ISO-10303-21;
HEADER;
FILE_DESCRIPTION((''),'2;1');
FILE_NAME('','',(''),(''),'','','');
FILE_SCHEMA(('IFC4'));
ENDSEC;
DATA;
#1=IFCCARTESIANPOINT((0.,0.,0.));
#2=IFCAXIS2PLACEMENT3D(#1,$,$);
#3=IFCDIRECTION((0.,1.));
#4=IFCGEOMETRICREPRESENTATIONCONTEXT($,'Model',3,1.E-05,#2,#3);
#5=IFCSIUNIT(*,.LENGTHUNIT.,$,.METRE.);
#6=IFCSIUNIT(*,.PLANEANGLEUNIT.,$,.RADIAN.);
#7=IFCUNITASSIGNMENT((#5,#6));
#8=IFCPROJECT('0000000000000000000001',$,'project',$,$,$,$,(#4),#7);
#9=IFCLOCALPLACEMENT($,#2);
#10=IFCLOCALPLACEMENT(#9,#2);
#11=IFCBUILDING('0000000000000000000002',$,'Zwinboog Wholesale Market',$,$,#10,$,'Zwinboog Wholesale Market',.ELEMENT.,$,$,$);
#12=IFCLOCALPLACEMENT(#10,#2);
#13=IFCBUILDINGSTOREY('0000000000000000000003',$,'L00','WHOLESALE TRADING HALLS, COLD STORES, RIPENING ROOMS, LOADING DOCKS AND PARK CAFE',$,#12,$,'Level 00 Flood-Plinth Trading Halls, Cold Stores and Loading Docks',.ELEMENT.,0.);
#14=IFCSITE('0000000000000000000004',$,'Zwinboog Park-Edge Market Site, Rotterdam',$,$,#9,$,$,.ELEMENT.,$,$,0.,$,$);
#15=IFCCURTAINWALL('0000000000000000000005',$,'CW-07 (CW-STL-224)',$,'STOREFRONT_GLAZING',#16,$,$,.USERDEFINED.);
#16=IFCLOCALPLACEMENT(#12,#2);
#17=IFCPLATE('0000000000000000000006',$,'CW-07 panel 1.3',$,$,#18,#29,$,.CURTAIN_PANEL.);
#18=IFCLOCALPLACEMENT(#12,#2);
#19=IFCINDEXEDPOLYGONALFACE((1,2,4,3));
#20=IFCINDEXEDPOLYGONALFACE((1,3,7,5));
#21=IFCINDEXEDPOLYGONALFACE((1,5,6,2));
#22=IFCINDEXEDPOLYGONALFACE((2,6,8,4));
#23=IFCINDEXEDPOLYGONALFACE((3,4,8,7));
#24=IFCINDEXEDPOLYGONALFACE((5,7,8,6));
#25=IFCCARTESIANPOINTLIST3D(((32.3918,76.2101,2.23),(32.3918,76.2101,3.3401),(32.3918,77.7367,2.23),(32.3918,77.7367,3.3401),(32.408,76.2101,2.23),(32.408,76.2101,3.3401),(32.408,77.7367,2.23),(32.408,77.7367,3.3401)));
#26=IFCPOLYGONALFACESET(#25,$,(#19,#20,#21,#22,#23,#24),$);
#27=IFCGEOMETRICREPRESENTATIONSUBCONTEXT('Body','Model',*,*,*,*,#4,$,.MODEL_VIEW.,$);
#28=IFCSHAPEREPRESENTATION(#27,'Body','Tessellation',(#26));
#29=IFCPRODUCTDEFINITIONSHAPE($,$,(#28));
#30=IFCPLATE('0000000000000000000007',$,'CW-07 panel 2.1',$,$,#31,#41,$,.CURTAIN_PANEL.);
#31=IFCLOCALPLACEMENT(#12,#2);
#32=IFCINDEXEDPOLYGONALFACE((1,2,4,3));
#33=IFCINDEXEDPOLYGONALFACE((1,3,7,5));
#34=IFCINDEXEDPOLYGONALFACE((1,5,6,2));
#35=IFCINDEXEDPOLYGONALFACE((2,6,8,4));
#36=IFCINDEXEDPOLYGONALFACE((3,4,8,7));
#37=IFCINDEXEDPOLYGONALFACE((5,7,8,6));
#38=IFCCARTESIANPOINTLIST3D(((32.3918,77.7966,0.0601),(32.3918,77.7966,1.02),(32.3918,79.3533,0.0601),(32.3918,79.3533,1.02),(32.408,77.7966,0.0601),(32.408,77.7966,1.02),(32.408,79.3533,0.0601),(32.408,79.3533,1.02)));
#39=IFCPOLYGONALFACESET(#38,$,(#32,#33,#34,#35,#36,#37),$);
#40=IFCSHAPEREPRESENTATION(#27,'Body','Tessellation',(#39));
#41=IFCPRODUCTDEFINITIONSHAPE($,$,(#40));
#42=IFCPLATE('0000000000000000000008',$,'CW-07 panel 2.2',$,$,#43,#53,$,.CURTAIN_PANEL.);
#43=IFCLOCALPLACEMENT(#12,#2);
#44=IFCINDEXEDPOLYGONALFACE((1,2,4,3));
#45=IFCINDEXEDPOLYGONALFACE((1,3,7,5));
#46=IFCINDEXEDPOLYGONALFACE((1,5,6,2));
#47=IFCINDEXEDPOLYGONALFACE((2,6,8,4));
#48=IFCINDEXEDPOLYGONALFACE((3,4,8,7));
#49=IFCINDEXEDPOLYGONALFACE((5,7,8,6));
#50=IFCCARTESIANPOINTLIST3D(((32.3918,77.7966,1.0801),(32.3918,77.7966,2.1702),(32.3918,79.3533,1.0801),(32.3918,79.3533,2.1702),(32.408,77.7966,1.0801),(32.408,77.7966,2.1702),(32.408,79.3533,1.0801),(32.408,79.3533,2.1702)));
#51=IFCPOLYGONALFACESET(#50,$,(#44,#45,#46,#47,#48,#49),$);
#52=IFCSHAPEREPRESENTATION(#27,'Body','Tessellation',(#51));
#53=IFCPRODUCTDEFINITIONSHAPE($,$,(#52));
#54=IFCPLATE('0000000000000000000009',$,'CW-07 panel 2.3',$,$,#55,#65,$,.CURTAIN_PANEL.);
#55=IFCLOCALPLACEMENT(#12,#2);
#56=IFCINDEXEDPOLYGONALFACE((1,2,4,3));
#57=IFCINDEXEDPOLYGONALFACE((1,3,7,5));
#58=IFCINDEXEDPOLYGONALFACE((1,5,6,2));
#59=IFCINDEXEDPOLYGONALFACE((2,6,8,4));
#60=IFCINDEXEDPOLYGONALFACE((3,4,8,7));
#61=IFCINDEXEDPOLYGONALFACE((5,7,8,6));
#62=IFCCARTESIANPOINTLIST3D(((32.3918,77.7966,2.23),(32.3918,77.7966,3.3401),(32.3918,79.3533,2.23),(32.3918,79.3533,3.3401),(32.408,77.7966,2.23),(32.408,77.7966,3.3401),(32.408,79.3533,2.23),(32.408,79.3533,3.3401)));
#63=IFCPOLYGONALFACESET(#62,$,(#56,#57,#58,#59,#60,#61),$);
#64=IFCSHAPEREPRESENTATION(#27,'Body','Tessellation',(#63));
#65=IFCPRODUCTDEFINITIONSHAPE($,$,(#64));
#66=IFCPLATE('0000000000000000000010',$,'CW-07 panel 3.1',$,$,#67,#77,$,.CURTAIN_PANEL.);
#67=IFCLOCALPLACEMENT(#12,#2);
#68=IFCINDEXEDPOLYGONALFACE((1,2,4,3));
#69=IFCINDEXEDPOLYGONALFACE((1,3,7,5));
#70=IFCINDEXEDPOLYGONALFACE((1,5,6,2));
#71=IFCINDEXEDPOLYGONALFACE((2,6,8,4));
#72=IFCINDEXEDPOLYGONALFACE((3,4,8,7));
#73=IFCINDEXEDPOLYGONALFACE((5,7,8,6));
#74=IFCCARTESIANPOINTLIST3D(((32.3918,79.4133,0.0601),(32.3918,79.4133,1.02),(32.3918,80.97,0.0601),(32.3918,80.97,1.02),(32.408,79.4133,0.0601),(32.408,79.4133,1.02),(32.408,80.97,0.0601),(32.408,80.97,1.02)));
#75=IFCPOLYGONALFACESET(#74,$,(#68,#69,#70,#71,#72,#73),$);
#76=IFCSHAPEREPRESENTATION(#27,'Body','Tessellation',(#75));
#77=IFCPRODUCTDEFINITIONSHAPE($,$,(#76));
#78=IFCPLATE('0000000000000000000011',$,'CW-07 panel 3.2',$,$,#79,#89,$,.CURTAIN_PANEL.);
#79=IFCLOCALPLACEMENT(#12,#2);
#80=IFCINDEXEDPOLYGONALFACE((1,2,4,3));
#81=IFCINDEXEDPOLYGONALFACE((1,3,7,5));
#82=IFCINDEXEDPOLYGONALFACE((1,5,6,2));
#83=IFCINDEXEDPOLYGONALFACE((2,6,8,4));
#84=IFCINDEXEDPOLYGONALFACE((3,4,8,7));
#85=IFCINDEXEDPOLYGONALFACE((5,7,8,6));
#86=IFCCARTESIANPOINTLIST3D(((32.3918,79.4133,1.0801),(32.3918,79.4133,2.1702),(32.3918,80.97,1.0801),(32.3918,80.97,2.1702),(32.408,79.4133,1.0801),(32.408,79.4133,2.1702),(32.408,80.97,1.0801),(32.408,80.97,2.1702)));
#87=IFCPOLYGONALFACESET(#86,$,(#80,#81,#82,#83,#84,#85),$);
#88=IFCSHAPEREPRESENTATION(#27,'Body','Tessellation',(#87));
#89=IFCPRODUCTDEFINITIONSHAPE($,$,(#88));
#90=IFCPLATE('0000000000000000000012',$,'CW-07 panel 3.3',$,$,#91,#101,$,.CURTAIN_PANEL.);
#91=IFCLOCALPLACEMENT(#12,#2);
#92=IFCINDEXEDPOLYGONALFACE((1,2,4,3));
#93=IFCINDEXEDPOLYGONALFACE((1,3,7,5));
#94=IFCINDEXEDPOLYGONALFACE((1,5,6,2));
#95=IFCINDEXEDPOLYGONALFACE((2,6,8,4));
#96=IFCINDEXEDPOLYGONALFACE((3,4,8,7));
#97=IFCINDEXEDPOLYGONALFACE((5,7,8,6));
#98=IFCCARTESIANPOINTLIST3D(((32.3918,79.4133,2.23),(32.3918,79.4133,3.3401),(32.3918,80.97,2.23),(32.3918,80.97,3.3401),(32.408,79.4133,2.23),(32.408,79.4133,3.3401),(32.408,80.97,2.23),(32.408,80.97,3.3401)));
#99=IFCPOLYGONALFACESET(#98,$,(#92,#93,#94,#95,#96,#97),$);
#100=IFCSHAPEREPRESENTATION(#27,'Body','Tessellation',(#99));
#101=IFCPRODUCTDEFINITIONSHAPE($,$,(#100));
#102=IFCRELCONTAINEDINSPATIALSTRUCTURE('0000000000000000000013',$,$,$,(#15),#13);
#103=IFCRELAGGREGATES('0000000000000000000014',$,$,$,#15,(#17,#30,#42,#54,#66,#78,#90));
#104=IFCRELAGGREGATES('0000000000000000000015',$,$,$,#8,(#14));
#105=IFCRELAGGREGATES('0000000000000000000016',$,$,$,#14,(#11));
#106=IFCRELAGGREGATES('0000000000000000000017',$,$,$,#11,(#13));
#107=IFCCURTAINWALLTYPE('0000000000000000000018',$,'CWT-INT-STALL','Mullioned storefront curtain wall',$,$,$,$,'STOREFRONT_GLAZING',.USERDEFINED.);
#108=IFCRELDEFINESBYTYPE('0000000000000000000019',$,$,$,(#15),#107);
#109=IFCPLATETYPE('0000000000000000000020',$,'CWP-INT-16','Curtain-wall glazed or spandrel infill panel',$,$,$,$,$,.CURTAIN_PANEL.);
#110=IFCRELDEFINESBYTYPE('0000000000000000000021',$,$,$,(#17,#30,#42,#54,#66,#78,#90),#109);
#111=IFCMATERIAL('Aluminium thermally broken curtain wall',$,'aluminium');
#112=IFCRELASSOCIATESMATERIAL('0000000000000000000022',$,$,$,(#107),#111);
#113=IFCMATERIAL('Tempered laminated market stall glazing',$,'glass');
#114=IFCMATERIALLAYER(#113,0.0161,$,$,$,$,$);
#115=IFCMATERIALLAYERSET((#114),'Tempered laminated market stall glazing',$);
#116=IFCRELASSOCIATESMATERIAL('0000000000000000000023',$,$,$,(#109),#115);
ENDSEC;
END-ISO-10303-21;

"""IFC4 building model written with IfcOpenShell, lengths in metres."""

from ifc_helpers import new_model, si_unit, direction, frame, origin, origin_2d, place, context, subcontext, project, spatial, rectangle, extrude, material, layer, layer_set, type_object, element, aggregate, save


model = new_model("IFC4")

# Units and contexts
model_context = context("Model", 3, precision=1e-05, world=origin(), true_north=direction((0.0, 1.0)))
body_context = subcontext(model_context, "Body", "Model", "MODEL_VIEW")
ifc_project = project(units=[si_unit("LENGTHUNIT", "METRE"), si_unit("PLANEANGLEUNIT", "RADIAN")], contexts=[model_context])

# Site, building, storey
site_placement = place(None, origin())
site = spatial("IfcSite", under=ifc_project, at=site_placement, Name="Zwinboog Park-Edge Market Site, Rotterdam", CompositionType="ELEMENT", RefElevation=0.0)
building_placement = place(site_placement, origin())
building = spatial("IfcBuilding", under=site, at=building_placement, Name="Zwinboog Wholesale Market", LongName="Zwinboog Wholesale Market", CompositionType="ELEMENT")
storey_placement = place(building_placement, origin())
storey = spatial("IfcBuildingStorey", under=building, at=storey_placement, Name="L00", Description="WHOLESALE TRADING HALLS, COLD STORES, RIPENING ROOMS, LOADING DOCKS AND PARK CAFE", LongName="Level 00 Flood-Plinth Trading Halls, Cold Stores and Loading Docks", CompositionType="ELEMENT", Elevation=0.0)

# Curtain wall, plates
ifc_material_1 = material(Name="Aluminium thermally broken curtain wall", Category="aluminium")
curtain_wall_type = type_object("IfcCurtainWallType", Name="CWT-INT-STALL", Description="Mullioned storefront curtain wall", ElementType="STOREFRONT_GLAZING", PredefinedType="USERDEFINED", material=ifc_material_1)
curtain_wall_placement = place(storey_placement, origin())
curtain_wall = element("IfcCurtainWall", 1, at=curtain_wall_placement, inside=storey, type_object=curtain_wall_type, Name="CW-07 (CW-STL-224)", ObjectType="STOREFRONT_GLAZING", PredefinedType="USERDEFINED")
ifc_material_2 = material(Name="Tempered laminated market stall glazing", Category="glass")
ifc_layer = layer(ifc_material_2, 0.0161)
ifc_layer_set = layer_set([ifc_layer], Name="Tempered laminated market stall glazing")
plate_type = type_object("IfcPlateType", Name="CWP-INT-16", Description="Curtain-wall glazed or spandrel infill panel", PredefinedType="CURTAIN_PANEL", material=ifc_layer_set)
plate_1_placement = place(storey_placement, frame((32.3999, 76.9734, 2.23), z_axis=(0.0, 0.0, 1.0), x_axis=(0.0, 1.0, 0.0)))
plate_1 = element("IfcPlate", 2, at=plate_1_placement, type_object=plate_type, Name="CW-07 panel 1.3", PredefinedType="CURTAIN_PANEL", context=body_context, shape_type="SweptSolid", body=[
    extrude(rectangle(XDim=1.5266, YDim=0.0161, at=origin_2d()), origin(), (0.0, 0.0, 1.0), 1.1101),
])
plate_2_placement = place(storey_placement, frame((32.3999, 78.575, 0.0601), z_axis=(0.0, 0.0, 1.0), x_axis=(0.0, 1.0, 0.0)))
plate_2 = element("IfcPlate", 3, at=plate_2_placement, type_object=plate_type, Name="CW-07 panel 2.1", PredefinedType="CURTAIN_PANEL", context=body_context, shape_type="SweptSolid", body=[
    extrude(rectangle(XDim=1.5566, YDim=0.0161, at=origin_2d()), origin(), (0.0, 0.0, 1.0), 0.96),
])
plate_3_placement = place(storey_placement, frame((32.3999, 78.575, 1.0801), z_axis=(0.0, 0.0, 1.0), x_axis=(0.0, 1.0, 0.0)))
plate_3 = element("IfcPlate", 4, at=plate_3_placement, type_object=plate_type, Name="CW-07 panel 2.2", PredefinedType="CURTAIN_PANEL", context=body_context, shape_type="SweptSolid", body=[
    extrude(rectangle(XDim=1.5566, YDim=0.0161, at=origin_2d()), origin(), (0.0, 0.0, 1.0), 1.0901),
])
plate_4_placement = place(storey_placement, frame((32.3999, 78.575, 2.23), z_axis=(0.0, 0.0, 1.0), x_axis=(0.0, 1.0, 0.0)))
plate_4 = element("IfcPlate", 5, at=plate_4_placement, type_object=plate_type, Name="CW-07 panel 2.3", PredefinedType="CURTAIN_PANEL", context=body_context, shape_type="SweptSolid", body=[
    extrude(rectangle(XDim=1.5566, YDim=0.0161, at=origin_2d()), origin(), (0.0, 0.0, 1.0), 1.1101),
])
plate_5_placement = place(storey_placement, frame((32.3999, 80.1917, 0.0601), z_axis=(0.0, 0.0, 1.0), x_axis=(0.0, 1.0, 0.0)))
plate_5 = element("IfcPlate", 6, at=plate_5_placement, type_object=plate_type, Name="CW-07 panel 3.1", PredefinedType="CURTAIN_PANEL", context=body_context, shape_type="SweptSolid", body=[
    extrude(rectangle(XDim=1.5566, YDim=0.0161, at=origin_2d()), origin(), (0.0, 0.0, 1.0), 0.96),
])
plate_6_placement = place(storey_placement, frame((32.3999, 80.1917, 1.0801), z_axis=(0.0, 0.0, 1.0), x_axis=(0.0, 1.0, 0.0)))
plate_6 = element("IfcPlate", 7, at=plate_6_placement, type_object=plate_type, Name="CW-07 panel 3.2", PredefinedType="CURTAIN_PANEL", context=body_context, shape_type="SweptSolid", body=[
    extrude(rectangle(XDim=1.5566, YDim=0.0161, at=origin_2d()), origin(), (0.0, 0.0, 1.0), 1.0901),
])
plate_7_placement = place(storey_placement, frame((32.3999, 80.1917, 2.23), z_axis=(0.0, 0.0, 1.0), x_axis=(0.0, 1.0, 0.0)))
plate_7 = element("IfcPlate", 8, at=plate_7_placement, type_object=plate_type, Name="CW-07 panel 3.3", PredefinedType="CURTAIN_PANEL", context=body_context, shape_type="SweptSolid", body=[
    extrude(rectangle(XDim=1.5566, YDim=0.0161, at=origin_2d()), origin(), (0.0, 0.0, 1.0), 1.1101),
])
aggregate(curtain_wall, [plate_1, plate_2, plate_3, plate_4, plate_5, plate_6, plate_7])

save(model, "model.ifc")
